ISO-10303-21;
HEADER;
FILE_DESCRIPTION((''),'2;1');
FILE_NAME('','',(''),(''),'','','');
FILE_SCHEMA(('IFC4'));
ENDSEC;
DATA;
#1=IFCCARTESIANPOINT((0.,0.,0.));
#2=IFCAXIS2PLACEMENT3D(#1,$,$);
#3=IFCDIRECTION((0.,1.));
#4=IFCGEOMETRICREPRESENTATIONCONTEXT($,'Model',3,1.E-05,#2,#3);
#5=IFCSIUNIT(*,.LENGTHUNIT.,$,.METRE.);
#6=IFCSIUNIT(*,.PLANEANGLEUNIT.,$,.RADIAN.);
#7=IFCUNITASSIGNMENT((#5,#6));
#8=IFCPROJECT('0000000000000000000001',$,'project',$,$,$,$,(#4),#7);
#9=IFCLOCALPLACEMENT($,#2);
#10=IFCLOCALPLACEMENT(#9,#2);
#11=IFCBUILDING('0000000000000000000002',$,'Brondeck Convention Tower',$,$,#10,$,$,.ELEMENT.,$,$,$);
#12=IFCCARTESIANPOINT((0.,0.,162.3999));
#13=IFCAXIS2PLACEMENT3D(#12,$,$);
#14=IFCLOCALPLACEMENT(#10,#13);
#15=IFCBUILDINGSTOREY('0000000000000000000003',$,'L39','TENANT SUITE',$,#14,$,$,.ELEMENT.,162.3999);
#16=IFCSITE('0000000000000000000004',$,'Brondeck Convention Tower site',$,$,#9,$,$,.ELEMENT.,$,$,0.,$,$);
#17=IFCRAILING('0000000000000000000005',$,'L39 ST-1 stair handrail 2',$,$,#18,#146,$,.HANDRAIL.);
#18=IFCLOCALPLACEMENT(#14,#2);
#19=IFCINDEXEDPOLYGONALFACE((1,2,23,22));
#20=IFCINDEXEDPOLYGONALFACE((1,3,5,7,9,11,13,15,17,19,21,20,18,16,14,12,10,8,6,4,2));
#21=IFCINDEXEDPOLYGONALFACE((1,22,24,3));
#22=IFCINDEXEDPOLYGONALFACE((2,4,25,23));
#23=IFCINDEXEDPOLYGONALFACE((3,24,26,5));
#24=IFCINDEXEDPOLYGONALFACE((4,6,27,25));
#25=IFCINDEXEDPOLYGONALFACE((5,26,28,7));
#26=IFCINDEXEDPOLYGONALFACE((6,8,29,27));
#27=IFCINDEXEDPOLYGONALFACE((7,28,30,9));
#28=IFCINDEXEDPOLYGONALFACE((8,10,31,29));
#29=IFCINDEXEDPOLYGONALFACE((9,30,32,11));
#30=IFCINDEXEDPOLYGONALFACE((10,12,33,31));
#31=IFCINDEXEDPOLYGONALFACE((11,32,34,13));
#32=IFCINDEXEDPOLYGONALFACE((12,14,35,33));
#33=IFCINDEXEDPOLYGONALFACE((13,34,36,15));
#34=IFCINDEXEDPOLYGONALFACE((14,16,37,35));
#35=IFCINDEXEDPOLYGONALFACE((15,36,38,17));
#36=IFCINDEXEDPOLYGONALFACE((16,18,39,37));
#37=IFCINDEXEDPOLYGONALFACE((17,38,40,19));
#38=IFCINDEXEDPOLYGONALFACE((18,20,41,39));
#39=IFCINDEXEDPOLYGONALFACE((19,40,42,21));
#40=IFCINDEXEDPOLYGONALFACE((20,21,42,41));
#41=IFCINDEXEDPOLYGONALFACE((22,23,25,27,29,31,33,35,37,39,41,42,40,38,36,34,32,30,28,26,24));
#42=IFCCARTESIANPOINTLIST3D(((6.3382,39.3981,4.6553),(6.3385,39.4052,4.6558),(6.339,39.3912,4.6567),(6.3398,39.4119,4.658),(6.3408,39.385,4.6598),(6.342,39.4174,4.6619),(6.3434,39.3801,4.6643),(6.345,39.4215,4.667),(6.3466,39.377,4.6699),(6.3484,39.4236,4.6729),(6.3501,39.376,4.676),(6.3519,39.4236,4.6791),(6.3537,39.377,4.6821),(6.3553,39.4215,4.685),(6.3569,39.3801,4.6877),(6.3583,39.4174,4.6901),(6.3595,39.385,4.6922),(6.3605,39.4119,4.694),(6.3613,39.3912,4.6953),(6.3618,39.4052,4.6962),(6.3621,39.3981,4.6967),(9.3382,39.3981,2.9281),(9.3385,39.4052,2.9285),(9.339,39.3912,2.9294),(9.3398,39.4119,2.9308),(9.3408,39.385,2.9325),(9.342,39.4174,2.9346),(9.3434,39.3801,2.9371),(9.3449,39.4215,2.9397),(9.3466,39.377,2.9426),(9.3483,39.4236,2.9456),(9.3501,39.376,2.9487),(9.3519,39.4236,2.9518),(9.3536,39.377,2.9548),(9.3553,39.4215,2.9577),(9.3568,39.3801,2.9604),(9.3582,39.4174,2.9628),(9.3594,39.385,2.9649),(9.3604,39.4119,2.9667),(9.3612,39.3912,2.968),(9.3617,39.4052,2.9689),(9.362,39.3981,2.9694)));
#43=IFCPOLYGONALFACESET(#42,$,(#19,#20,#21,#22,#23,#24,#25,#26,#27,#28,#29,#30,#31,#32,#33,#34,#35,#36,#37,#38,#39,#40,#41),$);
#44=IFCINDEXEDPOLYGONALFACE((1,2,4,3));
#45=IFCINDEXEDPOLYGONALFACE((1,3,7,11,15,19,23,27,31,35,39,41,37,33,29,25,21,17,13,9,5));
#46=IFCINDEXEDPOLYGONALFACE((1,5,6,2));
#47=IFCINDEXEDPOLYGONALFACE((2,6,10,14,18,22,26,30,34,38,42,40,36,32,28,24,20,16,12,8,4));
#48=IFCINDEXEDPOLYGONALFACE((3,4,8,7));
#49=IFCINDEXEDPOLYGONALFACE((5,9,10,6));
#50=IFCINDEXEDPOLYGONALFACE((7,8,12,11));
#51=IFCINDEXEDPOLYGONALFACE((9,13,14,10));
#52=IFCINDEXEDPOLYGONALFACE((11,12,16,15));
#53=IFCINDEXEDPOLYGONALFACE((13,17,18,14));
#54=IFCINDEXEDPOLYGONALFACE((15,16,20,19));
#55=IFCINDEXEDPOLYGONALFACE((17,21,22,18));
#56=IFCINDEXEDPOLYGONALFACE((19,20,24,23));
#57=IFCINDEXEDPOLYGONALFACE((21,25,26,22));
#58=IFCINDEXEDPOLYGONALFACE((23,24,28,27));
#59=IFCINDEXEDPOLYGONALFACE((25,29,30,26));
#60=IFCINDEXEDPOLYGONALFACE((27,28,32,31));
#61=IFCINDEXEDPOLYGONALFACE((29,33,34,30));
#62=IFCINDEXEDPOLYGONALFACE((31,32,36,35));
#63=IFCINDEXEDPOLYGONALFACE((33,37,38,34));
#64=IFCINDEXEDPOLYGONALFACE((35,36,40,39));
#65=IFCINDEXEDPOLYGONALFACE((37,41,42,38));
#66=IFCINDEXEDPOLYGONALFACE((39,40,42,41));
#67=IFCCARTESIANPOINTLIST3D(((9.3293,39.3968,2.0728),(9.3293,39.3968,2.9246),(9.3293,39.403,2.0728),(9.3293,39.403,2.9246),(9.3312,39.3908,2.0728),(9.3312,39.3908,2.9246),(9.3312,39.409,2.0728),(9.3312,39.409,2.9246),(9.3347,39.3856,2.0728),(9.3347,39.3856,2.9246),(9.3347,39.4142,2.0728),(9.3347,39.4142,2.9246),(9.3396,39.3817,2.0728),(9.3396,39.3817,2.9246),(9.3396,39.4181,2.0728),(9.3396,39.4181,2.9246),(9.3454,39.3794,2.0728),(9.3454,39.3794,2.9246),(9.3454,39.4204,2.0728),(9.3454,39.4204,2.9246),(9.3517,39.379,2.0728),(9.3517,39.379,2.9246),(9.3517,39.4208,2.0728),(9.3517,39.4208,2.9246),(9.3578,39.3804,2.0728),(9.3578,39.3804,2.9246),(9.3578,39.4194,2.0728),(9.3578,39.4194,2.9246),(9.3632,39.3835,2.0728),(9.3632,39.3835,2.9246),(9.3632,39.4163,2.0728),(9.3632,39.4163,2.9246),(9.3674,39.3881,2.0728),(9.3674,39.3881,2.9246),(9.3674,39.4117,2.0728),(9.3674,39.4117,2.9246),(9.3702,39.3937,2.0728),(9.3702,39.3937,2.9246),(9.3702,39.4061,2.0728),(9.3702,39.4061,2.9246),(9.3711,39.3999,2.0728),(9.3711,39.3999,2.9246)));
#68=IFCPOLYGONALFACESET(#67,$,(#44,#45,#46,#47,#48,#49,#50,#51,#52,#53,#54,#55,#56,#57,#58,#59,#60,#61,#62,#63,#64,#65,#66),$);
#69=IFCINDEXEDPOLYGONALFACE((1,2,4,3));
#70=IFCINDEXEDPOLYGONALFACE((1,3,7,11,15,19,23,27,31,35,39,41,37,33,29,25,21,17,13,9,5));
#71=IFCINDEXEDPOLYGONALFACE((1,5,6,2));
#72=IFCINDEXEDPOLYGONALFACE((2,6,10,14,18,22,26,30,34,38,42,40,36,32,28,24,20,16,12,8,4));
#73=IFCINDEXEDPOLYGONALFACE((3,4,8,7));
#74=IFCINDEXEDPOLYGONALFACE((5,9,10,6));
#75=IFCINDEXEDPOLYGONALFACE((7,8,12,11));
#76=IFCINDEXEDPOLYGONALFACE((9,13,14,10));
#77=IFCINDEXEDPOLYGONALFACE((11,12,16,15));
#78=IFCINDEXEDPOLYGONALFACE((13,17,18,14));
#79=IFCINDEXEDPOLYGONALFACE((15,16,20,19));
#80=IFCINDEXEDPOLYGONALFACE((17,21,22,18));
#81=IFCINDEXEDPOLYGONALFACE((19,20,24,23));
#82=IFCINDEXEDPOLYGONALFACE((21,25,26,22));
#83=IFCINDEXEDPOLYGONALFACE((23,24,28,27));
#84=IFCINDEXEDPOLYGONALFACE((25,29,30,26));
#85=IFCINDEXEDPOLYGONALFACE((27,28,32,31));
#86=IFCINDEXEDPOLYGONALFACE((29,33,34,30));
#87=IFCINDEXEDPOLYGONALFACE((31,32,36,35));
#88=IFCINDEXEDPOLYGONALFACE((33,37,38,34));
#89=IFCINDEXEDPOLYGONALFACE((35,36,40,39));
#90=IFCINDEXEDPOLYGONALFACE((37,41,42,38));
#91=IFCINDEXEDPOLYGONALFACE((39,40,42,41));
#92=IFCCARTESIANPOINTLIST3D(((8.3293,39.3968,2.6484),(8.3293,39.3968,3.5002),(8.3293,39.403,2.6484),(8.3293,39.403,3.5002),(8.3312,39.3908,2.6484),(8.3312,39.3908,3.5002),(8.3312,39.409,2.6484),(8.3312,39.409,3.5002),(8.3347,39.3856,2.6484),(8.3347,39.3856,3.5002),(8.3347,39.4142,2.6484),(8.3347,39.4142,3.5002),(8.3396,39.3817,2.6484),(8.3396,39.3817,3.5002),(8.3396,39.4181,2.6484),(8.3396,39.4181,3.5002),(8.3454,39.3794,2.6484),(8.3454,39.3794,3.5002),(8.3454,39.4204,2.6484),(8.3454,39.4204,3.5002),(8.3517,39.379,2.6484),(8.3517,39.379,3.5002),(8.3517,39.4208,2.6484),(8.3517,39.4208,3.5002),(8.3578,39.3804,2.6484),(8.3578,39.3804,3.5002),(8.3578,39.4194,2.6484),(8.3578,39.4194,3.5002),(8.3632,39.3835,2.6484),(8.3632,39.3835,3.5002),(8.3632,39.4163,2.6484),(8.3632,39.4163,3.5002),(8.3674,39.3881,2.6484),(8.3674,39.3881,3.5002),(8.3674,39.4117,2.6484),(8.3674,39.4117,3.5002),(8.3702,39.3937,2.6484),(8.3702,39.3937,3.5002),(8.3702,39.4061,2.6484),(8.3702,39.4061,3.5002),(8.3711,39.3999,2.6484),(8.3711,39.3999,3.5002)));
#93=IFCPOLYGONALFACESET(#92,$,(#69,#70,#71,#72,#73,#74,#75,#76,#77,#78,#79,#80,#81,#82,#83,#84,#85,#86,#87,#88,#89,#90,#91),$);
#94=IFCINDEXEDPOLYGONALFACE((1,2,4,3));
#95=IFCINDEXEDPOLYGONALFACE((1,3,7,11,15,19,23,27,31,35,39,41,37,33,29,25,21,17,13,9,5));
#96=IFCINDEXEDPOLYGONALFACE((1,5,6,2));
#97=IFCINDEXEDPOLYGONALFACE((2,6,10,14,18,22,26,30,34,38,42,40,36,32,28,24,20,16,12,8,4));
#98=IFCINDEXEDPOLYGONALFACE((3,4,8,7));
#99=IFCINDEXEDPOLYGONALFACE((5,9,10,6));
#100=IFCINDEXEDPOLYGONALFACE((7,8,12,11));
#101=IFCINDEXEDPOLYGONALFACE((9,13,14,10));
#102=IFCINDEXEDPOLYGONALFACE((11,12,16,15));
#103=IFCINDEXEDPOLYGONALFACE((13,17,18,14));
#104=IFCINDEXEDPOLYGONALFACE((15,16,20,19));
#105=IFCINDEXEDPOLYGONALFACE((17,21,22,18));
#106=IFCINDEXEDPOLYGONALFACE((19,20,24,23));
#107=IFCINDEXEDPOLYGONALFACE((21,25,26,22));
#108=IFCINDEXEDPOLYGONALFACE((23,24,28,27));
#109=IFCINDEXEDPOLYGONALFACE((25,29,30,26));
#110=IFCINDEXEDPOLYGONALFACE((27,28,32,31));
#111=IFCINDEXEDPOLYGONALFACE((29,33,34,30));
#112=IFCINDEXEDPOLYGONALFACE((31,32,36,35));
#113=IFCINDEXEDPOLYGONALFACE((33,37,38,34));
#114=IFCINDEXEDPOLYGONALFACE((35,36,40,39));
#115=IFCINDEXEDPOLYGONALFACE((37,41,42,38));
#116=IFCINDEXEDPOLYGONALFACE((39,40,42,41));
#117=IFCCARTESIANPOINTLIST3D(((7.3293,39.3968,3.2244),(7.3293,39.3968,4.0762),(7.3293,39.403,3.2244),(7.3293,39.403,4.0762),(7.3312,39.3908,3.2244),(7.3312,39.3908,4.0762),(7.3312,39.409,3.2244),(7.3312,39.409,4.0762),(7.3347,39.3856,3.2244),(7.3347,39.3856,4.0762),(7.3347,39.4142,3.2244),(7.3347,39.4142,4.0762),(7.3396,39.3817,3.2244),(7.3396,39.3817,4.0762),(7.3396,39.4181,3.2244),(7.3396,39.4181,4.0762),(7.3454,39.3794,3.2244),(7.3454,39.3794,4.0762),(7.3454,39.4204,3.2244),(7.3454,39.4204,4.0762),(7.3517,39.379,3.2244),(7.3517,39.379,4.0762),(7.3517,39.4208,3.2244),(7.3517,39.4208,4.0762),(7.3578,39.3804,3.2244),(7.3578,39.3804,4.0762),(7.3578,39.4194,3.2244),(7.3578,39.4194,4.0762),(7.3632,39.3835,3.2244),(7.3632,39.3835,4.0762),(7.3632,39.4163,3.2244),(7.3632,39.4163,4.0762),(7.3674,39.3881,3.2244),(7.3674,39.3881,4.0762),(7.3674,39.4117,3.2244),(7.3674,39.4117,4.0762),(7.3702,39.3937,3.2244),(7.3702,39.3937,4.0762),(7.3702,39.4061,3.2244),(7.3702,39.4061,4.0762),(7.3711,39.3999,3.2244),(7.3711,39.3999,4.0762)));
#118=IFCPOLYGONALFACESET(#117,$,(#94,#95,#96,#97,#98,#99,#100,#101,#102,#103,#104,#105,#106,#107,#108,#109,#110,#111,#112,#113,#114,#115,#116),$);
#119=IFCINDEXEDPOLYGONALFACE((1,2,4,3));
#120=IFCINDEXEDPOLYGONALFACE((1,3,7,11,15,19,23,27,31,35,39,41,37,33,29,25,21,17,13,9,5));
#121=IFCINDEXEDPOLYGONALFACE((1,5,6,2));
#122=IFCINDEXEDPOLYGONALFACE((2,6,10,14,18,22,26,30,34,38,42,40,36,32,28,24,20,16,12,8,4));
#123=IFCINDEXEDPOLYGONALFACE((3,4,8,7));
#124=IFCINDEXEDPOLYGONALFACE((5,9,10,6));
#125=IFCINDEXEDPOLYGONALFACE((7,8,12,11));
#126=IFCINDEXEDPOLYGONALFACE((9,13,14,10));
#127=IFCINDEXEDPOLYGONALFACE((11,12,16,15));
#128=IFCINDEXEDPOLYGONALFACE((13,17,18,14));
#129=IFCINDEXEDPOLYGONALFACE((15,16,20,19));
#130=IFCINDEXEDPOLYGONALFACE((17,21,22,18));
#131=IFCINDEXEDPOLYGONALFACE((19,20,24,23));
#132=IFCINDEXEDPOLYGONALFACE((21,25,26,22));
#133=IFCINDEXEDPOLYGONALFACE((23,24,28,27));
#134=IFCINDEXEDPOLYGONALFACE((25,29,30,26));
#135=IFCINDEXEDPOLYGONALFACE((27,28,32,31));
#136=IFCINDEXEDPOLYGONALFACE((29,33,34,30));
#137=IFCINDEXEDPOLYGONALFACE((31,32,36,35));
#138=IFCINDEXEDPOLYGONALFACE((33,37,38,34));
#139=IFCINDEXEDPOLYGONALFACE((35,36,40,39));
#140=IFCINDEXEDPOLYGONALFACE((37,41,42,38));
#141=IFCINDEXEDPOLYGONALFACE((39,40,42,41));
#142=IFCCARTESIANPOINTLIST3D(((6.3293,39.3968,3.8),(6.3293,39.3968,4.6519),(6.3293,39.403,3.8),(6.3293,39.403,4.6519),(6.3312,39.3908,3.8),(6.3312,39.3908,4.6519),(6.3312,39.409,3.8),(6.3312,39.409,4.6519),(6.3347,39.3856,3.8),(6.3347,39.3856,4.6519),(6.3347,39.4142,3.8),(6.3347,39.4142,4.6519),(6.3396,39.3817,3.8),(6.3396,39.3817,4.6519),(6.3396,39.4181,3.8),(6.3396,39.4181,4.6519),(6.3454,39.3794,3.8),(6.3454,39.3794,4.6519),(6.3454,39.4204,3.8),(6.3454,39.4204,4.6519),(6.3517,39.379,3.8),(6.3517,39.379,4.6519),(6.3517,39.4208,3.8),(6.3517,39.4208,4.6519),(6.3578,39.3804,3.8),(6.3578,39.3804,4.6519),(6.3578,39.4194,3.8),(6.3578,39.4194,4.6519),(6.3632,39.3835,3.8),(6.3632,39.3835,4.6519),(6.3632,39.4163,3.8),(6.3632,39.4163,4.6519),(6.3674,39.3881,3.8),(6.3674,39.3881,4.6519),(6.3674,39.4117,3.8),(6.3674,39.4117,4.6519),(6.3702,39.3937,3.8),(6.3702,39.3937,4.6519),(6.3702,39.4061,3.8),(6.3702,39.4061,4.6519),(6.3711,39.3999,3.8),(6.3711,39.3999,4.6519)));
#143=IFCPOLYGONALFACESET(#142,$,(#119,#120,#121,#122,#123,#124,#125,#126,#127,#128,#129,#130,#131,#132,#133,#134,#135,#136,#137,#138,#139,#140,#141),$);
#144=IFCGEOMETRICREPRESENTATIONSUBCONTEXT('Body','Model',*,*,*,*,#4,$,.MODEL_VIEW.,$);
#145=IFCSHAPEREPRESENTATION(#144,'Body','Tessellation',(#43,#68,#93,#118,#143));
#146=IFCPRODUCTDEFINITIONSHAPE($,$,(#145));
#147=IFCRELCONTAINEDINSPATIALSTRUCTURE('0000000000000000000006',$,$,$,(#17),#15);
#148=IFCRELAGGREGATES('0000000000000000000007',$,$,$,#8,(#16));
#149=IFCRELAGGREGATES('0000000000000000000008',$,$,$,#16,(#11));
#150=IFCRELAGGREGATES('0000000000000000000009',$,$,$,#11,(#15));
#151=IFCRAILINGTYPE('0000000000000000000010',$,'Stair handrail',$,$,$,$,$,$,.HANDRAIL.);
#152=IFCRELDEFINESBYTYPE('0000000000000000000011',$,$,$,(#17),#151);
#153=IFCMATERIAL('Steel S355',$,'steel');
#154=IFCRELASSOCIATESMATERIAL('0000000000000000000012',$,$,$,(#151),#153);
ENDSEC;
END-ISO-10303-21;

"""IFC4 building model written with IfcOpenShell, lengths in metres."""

from ifc_helpers import new_model, si_unit, direction, frame, origin, origin_2d, place, context, subcontext, project, spatial, circle, extrude, material, type_object, element, save


model = new_model("IFC4")

# Units and contexts
model_context = context("Model", 3, precision=1e-05, world=origin(), true_north=direction((0.0, 1.0)))
body_context = subcontext(model_context, "Body", "Model", "MODEL_VIEW")
ifc_project = project(units=[si_unit("LENGTHUNIT", "METRE"), si_unit("PLANEANGLEUNIT", "RADIAN")], contexts=[model_context])

# Site, building, storey
site_placement = place(None, origin())
site = spatial("IfcSite", under=ifc_project, at=site_placement, Name="Brondeck Convention Tower site", CompositionType="ELEMENT", RefElevation=0.0)
building_placement = place(site_placement, origin())
building = spatial("IfcBuilding", under=site, at=building_placement, Name="Brondeck Convention Tower", CompositionType="ELEMENT")
storey_placement = place(building_placement, frame((0.0, 0.0, 162.3999)))
storey = spatial("IfcBuildingStorey", under=building, at=storey_placement, Name="L39", Description="TENANT SUITE", CompositionType="ELEMENT", Elevation=162.3999)

# Shared definitions
ifc_material_1 = material(Name="Steel S355", Category="steel")

# Railing
railing_type_1 = type_object("IfcRailingType", Name="Stair handrail", PredefinedType="HANDRAIL", material=ifc_material_1)
railing_1_placement = place(storey_placement, frame((9.3501, 39.3999, 2.0728)))
element("IfcRailing", 1, at=railing_1_placement, inside=storey, type_object=railing_type_1, Name="L39 ST-1 stair handrail 2", PredefinedType="HANDRAIL", context=body_context, shape_type="SweptSolid", body=[
    extrude(circle(Radius=0.0239, at=origin_2d()), frame((0.0, 0.0, 0.876), z_axis=(-0.86662, 0.0, 0.498969), x_axis=(0.0, -1.0, 0.0)), (0.0, 0.0, 1.0), 3.4617),
    extrude(circle(Radius=0.021, at=origin_2d()), origin(), (0.0, 0.0, 1.0), 0.8518),
    extrude(circle(Radius=0.021, at=origin_2d()), frame((-1.0, 0.0, 0.5757)), (0.0, 0.0, 1.0), 0.8518),
    extrude(circle(Radius=0.021, at=origin_2d()), frame((-2.0, 0.0, 1.1516)), (0.0, 0.0, 1.0), 0.8518),
    extrude(circle(Radius=0.021, at=origin_2d()), frame((-3.0, 0.0, 1.7273)), (0.0, 0.0, 1.0), 0.8518),
])

save(model, "model.ifc")
